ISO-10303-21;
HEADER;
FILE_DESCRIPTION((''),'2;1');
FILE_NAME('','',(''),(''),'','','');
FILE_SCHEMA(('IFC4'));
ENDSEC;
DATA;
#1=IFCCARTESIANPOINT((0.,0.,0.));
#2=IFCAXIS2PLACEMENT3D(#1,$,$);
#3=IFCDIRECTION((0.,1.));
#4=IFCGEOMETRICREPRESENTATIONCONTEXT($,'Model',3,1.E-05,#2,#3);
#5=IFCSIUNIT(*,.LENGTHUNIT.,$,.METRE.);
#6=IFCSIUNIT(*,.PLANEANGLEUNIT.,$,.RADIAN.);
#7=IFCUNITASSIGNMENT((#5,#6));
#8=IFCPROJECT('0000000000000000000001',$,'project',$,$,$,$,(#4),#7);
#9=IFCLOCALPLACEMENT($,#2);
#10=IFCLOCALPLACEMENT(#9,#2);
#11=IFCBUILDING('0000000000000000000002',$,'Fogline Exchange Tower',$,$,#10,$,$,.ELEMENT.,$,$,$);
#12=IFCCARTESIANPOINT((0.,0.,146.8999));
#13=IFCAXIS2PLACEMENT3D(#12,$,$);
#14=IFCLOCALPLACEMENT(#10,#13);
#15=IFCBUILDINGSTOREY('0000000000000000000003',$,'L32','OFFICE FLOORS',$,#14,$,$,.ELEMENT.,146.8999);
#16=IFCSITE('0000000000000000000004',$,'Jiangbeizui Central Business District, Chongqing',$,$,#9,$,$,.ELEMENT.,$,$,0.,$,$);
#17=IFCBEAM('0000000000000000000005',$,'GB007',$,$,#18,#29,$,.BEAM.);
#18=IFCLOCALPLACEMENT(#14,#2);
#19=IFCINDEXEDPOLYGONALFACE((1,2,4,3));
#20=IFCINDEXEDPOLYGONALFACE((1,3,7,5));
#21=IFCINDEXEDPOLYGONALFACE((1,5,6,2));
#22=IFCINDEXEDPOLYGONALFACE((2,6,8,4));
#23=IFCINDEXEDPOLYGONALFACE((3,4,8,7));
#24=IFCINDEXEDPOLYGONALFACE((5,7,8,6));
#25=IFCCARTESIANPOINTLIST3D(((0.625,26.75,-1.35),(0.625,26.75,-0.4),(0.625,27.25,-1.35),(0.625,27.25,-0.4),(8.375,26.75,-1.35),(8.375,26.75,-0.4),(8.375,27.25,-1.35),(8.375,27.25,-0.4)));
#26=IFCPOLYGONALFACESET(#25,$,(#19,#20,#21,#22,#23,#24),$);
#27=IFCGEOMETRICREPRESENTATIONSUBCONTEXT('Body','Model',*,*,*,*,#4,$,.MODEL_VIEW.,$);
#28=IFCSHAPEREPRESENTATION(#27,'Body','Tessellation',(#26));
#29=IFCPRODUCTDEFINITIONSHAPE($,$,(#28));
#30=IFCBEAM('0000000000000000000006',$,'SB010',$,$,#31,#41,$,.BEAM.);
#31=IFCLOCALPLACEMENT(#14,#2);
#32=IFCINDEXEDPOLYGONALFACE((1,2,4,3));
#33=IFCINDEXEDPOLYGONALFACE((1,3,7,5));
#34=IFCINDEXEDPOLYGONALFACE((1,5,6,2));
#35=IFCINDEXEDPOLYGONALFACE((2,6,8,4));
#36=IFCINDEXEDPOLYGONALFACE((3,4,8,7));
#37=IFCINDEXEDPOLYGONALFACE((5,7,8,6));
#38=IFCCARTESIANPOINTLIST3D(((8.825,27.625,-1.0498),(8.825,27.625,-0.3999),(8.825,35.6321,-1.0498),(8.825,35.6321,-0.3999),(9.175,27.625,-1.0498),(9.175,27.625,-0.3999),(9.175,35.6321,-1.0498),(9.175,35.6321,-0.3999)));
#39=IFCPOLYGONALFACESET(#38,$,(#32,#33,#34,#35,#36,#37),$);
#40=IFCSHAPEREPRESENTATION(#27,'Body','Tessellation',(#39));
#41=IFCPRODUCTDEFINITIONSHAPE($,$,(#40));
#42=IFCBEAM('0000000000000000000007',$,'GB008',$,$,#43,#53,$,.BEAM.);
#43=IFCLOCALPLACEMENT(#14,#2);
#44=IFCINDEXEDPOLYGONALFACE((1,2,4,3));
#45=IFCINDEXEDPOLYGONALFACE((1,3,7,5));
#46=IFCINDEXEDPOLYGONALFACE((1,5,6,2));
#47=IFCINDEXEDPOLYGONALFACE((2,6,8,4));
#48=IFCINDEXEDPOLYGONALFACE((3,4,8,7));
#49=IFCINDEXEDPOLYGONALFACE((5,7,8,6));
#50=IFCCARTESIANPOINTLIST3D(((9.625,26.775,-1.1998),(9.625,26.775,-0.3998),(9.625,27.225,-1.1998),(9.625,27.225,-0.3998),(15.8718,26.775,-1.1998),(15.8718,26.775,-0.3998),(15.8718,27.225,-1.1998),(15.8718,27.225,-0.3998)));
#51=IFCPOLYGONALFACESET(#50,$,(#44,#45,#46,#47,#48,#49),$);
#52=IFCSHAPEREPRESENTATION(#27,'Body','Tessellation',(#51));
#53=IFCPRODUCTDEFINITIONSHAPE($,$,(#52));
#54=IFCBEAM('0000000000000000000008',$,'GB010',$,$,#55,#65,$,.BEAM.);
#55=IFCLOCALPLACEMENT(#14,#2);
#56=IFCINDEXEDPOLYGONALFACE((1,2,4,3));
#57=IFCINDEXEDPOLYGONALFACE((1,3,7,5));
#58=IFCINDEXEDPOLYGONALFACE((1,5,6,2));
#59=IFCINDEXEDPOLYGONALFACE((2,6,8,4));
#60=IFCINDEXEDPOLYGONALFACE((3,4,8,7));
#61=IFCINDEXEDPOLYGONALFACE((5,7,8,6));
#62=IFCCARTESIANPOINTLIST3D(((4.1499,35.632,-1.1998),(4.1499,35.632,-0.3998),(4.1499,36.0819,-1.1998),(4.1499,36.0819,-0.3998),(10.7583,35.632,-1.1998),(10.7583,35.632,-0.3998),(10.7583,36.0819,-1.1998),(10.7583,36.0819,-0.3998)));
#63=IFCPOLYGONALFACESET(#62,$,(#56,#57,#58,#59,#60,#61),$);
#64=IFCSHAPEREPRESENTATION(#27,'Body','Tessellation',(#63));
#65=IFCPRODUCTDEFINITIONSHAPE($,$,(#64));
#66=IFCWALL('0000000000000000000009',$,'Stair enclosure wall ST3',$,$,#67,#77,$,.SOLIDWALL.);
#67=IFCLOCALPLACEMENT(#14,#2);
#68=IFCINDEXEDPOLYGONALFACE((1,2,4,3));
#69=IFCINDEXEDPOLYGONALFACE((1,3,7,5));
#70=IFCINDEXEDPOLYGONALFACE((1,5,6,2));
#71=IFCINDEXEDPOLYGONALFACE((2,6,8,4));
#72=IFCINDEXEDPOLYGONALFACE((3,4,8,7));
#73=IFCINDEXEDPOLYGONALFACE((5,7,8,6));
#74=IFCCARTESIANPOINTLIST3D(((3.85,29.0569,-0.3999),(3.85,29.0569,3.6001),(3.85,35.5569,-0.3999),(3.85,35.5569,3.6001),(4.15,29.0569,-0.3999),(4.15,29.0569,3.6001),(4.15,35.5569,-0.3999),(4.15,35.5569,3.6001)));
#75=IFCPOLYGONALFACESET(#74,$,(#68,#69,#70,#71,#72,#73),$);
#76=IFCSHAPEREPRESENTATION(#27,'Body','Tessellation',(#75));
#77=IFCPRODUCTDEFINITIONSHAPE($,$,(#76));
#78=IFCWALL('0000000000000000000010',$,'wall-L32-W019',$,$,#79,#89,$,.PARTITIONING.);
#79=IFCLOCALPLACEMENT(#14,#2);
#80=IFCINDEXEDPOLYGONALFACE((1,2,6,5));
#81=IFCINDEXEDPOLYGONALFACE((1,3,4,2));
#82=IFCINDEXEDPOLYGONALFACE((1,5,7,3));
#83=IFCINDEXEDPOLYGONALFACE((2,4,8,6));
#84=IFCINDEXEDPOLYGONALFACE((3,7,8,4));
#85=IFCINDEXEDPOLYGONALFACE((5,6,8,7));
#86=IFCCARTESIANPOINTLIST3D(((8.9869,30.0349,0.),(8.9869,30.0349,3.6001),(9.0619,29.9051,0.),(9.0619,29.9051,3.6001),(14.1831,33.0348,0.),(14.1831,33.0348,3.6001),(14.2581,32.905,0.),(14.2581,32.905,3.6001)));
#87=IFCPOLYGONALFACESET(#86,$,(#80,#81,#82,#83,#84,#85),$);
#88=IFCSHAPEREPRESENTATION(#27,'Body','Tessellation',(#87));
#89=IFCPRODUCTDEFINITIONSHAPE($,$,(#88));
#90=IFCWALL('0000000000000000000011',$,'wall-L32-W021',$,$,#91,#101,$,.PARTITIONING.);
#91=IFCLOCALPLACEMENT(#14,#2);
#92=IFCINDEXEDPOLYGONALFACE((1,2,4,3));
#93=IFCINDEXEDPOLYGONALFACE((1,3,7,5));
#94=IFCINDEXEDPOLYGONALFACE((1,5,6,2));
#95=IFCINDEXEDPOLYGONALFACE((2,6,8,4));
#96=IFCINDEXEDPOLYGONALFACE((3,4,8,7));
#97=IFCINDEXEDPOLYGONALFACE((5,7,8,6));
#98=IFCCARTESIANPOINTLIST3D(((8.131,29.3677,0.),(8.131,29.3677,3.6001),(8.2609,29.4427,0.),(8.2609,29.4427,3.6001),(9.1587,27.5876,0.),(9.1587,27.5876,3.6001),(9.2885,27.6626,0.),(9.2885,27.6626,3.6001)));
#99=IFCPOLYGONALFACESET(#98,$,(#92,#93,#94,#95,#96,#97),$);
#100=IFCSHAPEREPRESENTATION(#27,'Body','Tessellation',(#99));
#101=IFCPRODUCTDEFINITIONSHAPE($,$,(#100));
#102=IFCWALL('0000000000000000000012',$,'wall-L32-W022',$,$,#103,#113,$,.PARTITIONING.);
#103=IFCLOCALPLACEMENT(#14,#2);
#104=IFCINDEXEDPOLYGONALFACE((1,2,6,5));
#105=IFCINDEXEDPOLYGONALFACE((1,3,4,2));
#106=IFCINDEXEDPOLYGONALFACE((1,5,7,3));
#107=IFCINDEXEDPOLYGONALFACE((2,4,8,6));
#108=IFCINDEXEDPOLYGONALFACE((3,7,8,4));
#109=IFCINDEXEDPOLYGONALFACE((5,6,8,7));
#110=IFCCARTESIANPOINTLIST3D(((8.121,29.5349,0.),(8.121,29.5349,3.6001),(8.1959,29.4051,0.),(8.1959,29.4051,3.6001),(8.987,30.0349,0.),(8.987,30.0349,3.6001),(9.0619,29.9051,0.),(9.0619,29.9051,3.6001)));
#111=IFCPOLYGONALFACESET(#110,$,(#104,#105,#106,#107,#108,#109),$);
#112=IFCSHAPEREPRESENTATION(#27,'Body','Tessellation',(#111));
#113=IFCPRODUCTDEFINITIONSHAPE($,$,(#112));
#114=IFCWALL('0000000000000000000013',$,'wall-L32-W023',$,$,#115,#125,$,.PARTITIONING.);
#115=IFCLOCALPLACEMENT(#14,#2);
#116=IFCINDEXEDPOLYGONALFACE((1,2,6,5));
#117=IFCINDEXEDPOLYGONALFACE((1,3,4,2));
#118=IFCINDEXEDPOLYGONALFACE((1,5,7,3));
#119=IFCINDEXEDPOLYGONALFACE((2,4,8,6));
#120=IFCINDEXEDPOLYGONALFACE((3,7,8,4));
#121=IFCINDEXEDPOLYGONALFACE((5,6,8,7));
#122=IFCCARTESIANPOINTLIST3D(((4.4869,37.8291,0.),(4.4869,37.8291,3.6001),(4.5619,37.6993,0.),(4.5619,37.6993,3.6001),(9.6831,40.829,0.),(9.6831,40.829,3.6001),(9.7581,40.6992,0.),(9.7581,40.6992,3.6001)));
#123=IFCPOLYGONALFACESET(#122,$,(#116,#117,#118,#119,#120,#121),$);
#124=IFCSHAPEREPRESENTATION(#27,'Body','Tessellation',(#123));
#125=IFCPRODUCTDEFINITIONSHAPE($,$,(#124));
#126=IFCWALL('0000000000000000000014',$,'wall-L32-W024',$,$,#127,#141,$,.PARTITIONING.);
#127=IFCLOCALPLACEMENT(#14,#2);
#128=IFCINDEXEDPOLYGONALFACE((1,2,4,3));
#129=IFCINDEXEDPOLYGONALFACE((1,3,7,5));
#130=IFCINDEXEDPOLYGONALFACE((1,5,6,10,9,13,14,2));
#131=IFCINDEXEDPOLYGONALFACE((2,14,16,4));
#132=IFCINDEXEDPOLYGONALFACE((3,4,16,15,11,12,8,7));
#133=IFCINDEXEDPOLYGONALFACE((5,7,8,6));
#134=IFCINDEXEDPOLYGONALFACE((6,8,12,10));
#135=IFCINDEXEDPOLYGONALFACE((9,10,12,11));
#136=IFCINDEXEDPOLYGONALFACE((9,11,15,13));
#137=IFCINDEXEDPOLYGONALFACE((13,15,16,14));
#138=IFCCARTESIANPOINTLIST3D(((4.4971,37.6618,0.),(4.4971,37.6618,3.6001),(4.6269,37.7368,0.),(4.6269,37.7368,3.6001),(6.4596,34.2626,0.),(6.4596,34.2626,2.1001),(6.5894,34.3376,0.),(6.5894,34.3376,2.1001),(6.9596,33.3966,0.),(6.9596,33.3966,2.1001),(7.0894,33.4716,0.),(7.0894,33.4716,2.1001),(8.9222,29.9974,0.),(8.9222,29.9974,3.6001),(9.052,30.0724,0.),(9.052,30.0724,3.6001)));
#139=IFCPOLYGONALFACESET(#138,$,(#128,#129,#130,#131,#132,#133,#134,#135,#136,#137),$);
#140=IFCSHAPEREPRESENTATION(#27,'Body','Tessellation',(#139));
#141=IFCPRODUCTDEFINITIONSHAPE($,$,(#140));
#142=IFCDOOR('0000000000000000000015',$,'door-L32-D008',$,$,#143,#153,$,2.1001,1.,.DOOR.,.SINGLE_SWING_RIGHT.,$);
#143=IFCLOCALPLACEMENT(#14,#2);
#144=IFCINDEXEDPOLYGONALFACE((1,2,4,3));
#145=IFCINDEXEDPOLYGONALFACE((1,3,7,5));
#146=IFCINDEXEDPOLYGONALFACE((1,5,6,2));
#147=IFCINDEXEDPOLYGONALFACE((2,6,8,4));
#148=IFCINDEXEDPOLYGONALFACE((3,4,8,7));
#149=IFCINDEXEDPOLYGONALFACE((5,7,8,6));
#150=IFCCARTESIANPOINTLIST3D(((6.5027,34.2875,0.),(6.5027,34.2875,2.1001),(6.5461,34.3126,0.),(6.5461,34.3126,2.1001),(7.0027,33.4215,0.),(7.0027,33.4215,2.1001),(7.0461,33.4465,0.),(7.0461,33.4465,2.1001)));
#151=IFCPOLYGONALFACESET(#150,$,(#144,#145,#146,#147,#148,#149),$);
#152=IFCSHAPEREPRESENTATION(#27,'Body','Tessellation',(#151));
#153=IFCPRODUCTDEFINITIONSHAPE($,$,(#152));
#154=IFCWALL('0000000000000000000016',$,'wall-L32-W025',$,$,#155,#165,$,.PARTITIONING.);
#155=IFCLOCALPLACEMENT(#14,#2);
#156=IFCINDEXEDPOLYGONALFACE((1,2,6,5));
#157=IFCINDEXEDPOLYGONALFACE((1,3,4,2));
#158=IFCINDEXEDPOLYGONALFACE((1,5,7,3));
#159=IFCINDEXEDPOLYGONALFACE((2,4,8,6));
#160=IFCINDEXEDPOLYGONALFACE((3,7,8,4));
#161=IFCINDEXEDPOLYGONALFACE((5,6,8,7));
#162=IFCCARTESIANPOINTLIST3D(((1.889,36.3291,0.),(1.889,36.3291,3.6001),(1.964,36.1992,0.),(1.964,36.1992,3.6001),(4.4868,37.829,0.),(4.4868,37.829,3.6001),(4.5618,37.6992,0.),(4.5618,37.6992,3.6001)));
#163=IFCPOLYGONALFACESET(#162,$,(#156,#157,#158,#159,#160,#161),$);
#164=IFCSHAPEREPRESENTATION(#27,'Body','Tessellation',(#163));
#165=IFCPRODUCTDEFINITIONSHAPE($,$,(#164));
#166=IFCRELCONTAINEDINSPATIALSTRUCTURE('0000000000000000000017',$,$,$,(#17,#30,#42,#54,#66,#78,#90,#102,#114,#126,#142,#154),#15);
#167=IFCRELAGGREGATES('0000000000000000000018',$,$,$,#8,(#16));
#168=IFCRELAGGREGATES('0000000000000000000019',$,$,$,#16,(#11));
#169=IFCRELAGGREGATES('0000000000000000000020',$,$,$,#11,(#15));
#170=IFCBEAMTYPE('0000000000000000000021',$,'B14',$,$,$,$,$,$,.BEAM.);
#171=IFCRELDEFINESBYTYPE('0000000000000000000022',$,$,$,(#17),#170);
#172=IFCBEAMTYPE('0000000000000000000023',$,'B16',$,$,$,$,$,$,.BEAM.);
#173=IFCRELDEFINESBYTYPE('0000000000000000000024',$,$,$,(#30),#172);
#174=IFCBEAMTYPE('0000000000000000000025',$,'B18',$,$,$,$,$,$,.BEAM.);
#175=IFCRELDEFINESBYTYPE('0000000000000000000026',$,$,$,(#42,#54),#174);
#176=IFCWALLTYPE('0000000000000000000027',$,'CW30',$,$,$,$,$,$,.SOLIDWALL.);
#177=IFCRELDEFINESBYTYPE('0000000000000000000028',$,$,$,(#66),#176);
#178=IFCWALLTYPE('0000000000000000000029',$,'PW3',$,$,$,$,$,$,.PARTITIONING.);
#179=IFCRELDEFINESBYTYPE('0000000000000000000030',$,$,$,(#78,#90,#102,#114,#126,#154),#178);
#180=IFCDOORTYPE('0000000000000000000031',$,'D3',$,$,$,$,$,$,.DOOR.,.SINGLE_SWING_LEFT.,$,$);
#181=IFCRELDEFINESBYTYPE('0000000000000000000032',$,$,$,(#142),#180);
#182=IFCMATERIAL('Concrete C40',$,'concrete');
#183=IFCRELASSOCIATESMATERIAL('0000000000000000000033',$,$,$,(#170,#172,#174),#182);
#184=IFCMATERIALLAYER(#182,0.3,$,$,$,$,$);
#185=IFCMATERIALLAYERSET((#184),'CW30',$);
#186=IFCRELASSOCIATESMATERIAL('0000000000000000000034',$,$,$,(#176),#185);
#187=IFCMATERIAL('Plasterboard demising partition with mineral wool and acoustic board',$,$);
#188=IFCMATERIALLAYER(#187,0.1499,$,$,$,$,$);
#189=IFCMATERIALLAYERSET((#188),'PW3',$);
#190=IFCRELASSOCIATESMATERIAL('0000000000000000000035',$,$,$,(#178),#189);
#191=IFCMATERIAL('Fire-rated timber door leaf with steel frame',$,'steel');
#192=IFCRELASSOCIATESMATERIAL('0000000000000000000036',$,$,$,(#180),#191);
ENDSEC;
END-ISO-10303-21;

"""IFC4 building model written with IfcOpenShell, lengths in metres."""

from ifc_helpers import new_model, si_unit, direction, frame, frame_2d, origin, origin_2d, place, context, subcontext, project, spatial, rectangle, extrude, material, layer, layer_set, material_profile, profile_set, type_object, element, fill, save


model = new_model("IFC4")

# Units and contexts
model_context = context("Model", 3, precision=1e-05, world=origin(), true_north=direction((0.0, 1.0)))
body_context = subcontext(model_context, "Body", "Model", "MODEL_VIEW")
ifc_project = project(units=[si_unit("LENGTHUNIT", "METRE"), si_unit("PLANEANGLEUNIT", "RADIAN")], contexts=[model_context])

# Site, building, storey
site_placement = place(None, origin())
site = spatial("IfcSite", under=ifc_project, at=site_placement, Name="Jiangbeizui Central Business District, Chongqing", CompositionType="ELEMENT", RefElevation=0.0)
building_placement = place(site_placement, origin())
building = spatial("IfcBuilding", under=site, at=building_placement, Name="Fogline Exchange Tower", CompositionType="ELEMENT")
storey_placement = place(building_placement, frame((0.0, 0.0, 146.8999)))
storey = spatial("IfcBuildingStorey", under=building, at=storey_placement, Name="L32", Description="OFFICE FLOORS", CompositionType="ELEMENT", Elevation=146.8999)

# Beams
ifc_material_1 = material(Name="Concrete C40", Category="concrete")
ifc_material_profile_1 = material_profile(ifc_material_1, rectangle(XDim=0.5, YDim=0.95, at=origin_2d()), Name="RC 500x950")
ifc_profile_set_1 = profile_set([ifc_material_profile_1], Name="Concrete C40")
beam_type_1 = type_object("IfcBeamType", Name="B14", PredefinedType="BEAM", material=ifc_profile_set_1)
beam_1_placement = place(storey_placement, frame((0.625, 27.0, -0.875), z_axis=(1.0, 0.0, 0.0), x_axis=(0.0, 1.0, 0.0)))
element("IfcBeam", 1, at=beam_1_placement, inside=storey, type_object=beam_type_1, Name="GB007", PredefinedType="BEAM", context=body_context, shape_type="SweptSolid", body=[
    extrude(rectangle(XDim=0.5, YDim=0.95, at=origin_2d()), origin(), (0.0, 0.0, 1.0), 7.75),
])
ifc_material_profile_2 = material_profile(ifc_material_1, rectangle(XDim=0.3501, YDim=0.6499, at=origin_2d()), Name="RC 350x650")
ifc_profile_set_2 = profile_set([ifc_material_profile_2], Name="Concrete C40")
beam_type_2 = type_object("IfcBeamType", Name="B16", PredefinedType="BEAM", material=ifc_profile_set_2)
beam_2_placement = place(storey_placement, frame((9.0, 27.625, -0.7249), z_axis=(0.0, 1.0, 0.0), x_axis=(-1.0, 0.0, 0.0)))
element("IfcBeam", 2, at=beam_2_placement, inside=storey, type_object=beam_type_2, Name="SB010", PredefinedType="BEAM", context=body_context, shape_type="SweptSolid", body=[
    extrude(rectangle(XDim=0.3501, YDim=0.6499, at=origin_2d()), origin(), (0.0, 0.0, 1.0), 8.0071),
])
ifc_material_profile_3 = material_profile(ifc_material_1, rectangle(XDim=0.45, YDim=0.8, at=origin_2d()), Name="RC 450x800")
ifc_profile_set_3 = profile_set([ifc_material_profile_3], Name="Concrete C40")
beam_type_3 = type_object("IfcBeamType", Name="B18", PredefinedType="BEAM", material=ifc_profile_set_3)
beam_3_placement = place(storey_placement, frame((9.625, 27.0, -0.7998), z_axis=(1.0, 0.0, 0.0), x_axis=(0.0, 1.0, 0.0)))
element("IfcBeam", 3, at=beam_3_placement, inside=storey, type_object=beam_type_3, Name="GB008", PredefinedType="BEAM", context=body_context, shape_type="SweptSolid", body=[
    extrude(rectangle(XDim=0.45, YDim=0.8, at=origin_2d()), origin(), (0.0, 0.0, 1.0), 6.2468),
])
beam_4_placement = place(storey_placement, frame((4.1499, 35.8569, -0.7998), z_axis=(1.0, 0.0, 0.0), x_axis=(0.0, 1.0, 0.0)))
element("IfcBeam", 4, at=beam_4_placement, inside=storey, type_object=beam_type_3, Name="GB010", PredefinedType="BEAM", context=body_context, shape_type="SweptSolid", body=[
    extrude(rectangle(XDim=0.45, YDim=0.8, at=origin_2d()), origin(), (0.0, 0.0, 1.0), 6.6084),
])

# Wall
ifc_layer_1 = layer(ifc_material_1, 0.3)
ifc_layer_set_1 = layer_set([ifc_layer_1], Name="CW30")
wall_type_1 = type_object("IfcWallType", Name="CW30", PredefinedType="SOLIDWALL", material=ifc_layer_set_1)
wall_1_placement = place(storey_placement, frame((4.0, 29.0569, -0.3999), z_axis=(0.0, 0.0, 1.0), x_axis=(0.0, 1.0, 0.0)))
element("IfcWall", 5, at=wall_1_placement, inside=storey, type_object=wall_type_1, Name="Stair enclosure wall ST3", PredefinedType="SOLIDWALL", context=body_context, shape_type="SweptSolid", body=[
    extrude(rectangle(XDim=6.5, YDim=0.3, at=frame_2d((3.25, 0.0))), origin(), (0.0, 0.0, 1.0), 4.0),
])

# Walls
ifc_material_2 = material(Name="Plasterboard demising partition with mineral wool and acoustic board")
ifc_layer_2 = layer(ifc_material_2, 0.1499)
ifc_layer_set_2 = layer_set([ifc_layer_2], Name="PW3")
wall_type_2 = type_object("IfcWallType", Name="PW3", PredefinedType="PARTITIONING", material=ifc_layer_set_2)
wall_2_placement = place(storey_placement, frame((9.0244, 29.97, 0.0), z_axis=(0.0, 0.0, 1.0), x_axis=(0.866031, 0.49999, 0.0)))
element("IfcWall", 6, at=wall_2_placement, inside=storey, type_object=wall_type_2, Name="wall-L32-W019", PredefinedType="PARTITIONING", context=body_context, shape_type="SweptSolid", body=[
    extrude(rectangle(XDim=6.0, YDim=0.1499, at=frame_2d((3.0, 0.0))), origin(), (0.0, 0.0, 1.0), 3.6001),
])
wall_3_placement = place(storey_placement, frame((9.2236, 27.625, 0.0), z_axis=(0.0, 0.0, 1.0), x_axis=(-0.499959, 0.866049, 0.0)))
element("IfcWall", 7, at=wall_3_placement, inside=storey, type_object=wall_type_2, Name="wall-L32-W021", PredefinedType="PARTITIONING", context=body_context, shape_type="SweptSolid", body=[
    extrude(rectangle(XDim=2.0554, YDim=0.1499, at=frame_2d((1.0278, 0.0))), origin(), (0.0, 0.0, 1.0), 3.6001),
])
wall_4_placement = place(storey_placement, frame((8.1584, 29.47, 0.0), z_axis=(0.0, 0.0, 1.0), x_axis=(0.866011, 0.500025, 0.0)))
element("IfcWall", 8, at=wall_4_placement, inside=storey, type_object=wall_type_2, Name="wall-L32-W022", PredefinedType="PARTITIONING", context=body_context, shape_type="SweptSolid", body=[
    extrude(rectangle(XDim=1.0, YDim=0.1499, at=frame_2d((0.5, 0.0))), origin(), (0.0, 0.0, 1.0), 3.6001),
])
wall_5_placement = place(storey_placement, frame((4.5244, 37.7642, 0.0), z_axis=(0.0, 0.0, 1.0), x_axis=(0.866031, 0.49999, 0.0)))
element("IfcWall", 9, at=wall_5_placement, inside=storey, type_object=wall_type_2, Name="wall-L32-W023", PredefinedType="PARTITIONING", context=body_context, shape_type="SweptSolid", body=[
    extrude(rectangle(XDim=6.0, YDim=0.1499, at=frame_2d((3.0, 0.0))), origin(), (0.0, 0.0, 1.0), 3.6001),
])

# Wall, opening, door
wall_6_placement = place(storey_placement, frame((8.9871, 30.0349, 0.0), z_axis=(0.0, 0.0, 1.0), x_axis=(-0.500005, 0.866023, 0.0)))
wall_6 = element("IfcWall", 10, at=wall_6_placement, inside=storey, type_object=wall_type_2, Name="wall-L32-W024", PredefinedType="PARTITIONING", context=body_context, shape_type="SweptSolid", body=[
    extrude(rectangle(XDim=8.8501, YDim=0.1499, at=frame_2d((4.425, 0.0))), origin(), (0.0, 0.0, 1.0), 3.6001),
])
opening_1_placement = place(wall_6_placement, frame((3.925, 0.0, 0.0)))
opening_1 = element("IfcOpeningElement", 11, at=opening_1_placement, cuts=wall_6, PredefinedType="OPENING", context=body_context, shape_type="SweptSolid", body=[
    extrude(rectangle(XDim=1.0, YDim=2.1001, at=frame_2d((0.5, 1.05))), frame((0.0, 0.085, 0.0), z_axis=(0.0, -1.0, 0.0), x_axis=(1.0, 0.0, 0.0)), (0.0, 0.0, 1.0), 0.1699),
])
ifc_material_3 = material(Name="Fire-rated timber door leaf with steel frame", Category="steel")
door_type_1 = type_object("IfcDoorType", Name="D3", OperationType="SINGLE_SWING_LEFT", PredefinedType="DOOR", material=ifc_material_3)
door_1_placement = place(opening_1_placement, frame((1.0, 0.0, 0.0), z_axis=(0.0, 0.0, 1.0), x_axis=(-1.0, 0.0, 0.0)))
door_1 = element("IfcDoor", 12, at=door_1_placement, inside=storey, type_object=door_type_1, Name="door-L32-D008", OperationType="SINGLE_SWING_RIGHT", OverallHeight=2.1001, OverallWidth=1.0, PredefinedType="DOOR", context=body_context, shape_type="SweptSolid", body=[
    extrude(rectangle(XDim=1.0, YDim=2.1001, at=frame_2d((0.5, 1.05))), frame((0.0, 0.0249, 0.0), z_axis=(0.0, -1.0, 0.0), x_axis=(1.0, 0.0, 0.0)), (0.0, 0.0, 1.0), 0.05),
])
fill(opening_1, door_1)

# Wall
wall_7_placement = place(storey_placement, frame((4.5244, 37.7642, 0.0), z_axis=(0.0, 0.0, 1.0), x_axis=(-0.866011, -0.500025, 0.0)))
element("IfcWall", 13, at=wall_7_placement, inside=storey, type_object=wall_type_2, Name="wall-L32-W025", PredefinedType="PARTITIONING", context=body_context, shape_type="SweptSolid", body=[
    extrude(rectangle(XDim=2.9998, YDim=0.1499, at=frame_2d((1.5, 0.0))), origin(), (0.0, 0.0, 1.0), 3.6001),
])

save(model, "model.ifc")
